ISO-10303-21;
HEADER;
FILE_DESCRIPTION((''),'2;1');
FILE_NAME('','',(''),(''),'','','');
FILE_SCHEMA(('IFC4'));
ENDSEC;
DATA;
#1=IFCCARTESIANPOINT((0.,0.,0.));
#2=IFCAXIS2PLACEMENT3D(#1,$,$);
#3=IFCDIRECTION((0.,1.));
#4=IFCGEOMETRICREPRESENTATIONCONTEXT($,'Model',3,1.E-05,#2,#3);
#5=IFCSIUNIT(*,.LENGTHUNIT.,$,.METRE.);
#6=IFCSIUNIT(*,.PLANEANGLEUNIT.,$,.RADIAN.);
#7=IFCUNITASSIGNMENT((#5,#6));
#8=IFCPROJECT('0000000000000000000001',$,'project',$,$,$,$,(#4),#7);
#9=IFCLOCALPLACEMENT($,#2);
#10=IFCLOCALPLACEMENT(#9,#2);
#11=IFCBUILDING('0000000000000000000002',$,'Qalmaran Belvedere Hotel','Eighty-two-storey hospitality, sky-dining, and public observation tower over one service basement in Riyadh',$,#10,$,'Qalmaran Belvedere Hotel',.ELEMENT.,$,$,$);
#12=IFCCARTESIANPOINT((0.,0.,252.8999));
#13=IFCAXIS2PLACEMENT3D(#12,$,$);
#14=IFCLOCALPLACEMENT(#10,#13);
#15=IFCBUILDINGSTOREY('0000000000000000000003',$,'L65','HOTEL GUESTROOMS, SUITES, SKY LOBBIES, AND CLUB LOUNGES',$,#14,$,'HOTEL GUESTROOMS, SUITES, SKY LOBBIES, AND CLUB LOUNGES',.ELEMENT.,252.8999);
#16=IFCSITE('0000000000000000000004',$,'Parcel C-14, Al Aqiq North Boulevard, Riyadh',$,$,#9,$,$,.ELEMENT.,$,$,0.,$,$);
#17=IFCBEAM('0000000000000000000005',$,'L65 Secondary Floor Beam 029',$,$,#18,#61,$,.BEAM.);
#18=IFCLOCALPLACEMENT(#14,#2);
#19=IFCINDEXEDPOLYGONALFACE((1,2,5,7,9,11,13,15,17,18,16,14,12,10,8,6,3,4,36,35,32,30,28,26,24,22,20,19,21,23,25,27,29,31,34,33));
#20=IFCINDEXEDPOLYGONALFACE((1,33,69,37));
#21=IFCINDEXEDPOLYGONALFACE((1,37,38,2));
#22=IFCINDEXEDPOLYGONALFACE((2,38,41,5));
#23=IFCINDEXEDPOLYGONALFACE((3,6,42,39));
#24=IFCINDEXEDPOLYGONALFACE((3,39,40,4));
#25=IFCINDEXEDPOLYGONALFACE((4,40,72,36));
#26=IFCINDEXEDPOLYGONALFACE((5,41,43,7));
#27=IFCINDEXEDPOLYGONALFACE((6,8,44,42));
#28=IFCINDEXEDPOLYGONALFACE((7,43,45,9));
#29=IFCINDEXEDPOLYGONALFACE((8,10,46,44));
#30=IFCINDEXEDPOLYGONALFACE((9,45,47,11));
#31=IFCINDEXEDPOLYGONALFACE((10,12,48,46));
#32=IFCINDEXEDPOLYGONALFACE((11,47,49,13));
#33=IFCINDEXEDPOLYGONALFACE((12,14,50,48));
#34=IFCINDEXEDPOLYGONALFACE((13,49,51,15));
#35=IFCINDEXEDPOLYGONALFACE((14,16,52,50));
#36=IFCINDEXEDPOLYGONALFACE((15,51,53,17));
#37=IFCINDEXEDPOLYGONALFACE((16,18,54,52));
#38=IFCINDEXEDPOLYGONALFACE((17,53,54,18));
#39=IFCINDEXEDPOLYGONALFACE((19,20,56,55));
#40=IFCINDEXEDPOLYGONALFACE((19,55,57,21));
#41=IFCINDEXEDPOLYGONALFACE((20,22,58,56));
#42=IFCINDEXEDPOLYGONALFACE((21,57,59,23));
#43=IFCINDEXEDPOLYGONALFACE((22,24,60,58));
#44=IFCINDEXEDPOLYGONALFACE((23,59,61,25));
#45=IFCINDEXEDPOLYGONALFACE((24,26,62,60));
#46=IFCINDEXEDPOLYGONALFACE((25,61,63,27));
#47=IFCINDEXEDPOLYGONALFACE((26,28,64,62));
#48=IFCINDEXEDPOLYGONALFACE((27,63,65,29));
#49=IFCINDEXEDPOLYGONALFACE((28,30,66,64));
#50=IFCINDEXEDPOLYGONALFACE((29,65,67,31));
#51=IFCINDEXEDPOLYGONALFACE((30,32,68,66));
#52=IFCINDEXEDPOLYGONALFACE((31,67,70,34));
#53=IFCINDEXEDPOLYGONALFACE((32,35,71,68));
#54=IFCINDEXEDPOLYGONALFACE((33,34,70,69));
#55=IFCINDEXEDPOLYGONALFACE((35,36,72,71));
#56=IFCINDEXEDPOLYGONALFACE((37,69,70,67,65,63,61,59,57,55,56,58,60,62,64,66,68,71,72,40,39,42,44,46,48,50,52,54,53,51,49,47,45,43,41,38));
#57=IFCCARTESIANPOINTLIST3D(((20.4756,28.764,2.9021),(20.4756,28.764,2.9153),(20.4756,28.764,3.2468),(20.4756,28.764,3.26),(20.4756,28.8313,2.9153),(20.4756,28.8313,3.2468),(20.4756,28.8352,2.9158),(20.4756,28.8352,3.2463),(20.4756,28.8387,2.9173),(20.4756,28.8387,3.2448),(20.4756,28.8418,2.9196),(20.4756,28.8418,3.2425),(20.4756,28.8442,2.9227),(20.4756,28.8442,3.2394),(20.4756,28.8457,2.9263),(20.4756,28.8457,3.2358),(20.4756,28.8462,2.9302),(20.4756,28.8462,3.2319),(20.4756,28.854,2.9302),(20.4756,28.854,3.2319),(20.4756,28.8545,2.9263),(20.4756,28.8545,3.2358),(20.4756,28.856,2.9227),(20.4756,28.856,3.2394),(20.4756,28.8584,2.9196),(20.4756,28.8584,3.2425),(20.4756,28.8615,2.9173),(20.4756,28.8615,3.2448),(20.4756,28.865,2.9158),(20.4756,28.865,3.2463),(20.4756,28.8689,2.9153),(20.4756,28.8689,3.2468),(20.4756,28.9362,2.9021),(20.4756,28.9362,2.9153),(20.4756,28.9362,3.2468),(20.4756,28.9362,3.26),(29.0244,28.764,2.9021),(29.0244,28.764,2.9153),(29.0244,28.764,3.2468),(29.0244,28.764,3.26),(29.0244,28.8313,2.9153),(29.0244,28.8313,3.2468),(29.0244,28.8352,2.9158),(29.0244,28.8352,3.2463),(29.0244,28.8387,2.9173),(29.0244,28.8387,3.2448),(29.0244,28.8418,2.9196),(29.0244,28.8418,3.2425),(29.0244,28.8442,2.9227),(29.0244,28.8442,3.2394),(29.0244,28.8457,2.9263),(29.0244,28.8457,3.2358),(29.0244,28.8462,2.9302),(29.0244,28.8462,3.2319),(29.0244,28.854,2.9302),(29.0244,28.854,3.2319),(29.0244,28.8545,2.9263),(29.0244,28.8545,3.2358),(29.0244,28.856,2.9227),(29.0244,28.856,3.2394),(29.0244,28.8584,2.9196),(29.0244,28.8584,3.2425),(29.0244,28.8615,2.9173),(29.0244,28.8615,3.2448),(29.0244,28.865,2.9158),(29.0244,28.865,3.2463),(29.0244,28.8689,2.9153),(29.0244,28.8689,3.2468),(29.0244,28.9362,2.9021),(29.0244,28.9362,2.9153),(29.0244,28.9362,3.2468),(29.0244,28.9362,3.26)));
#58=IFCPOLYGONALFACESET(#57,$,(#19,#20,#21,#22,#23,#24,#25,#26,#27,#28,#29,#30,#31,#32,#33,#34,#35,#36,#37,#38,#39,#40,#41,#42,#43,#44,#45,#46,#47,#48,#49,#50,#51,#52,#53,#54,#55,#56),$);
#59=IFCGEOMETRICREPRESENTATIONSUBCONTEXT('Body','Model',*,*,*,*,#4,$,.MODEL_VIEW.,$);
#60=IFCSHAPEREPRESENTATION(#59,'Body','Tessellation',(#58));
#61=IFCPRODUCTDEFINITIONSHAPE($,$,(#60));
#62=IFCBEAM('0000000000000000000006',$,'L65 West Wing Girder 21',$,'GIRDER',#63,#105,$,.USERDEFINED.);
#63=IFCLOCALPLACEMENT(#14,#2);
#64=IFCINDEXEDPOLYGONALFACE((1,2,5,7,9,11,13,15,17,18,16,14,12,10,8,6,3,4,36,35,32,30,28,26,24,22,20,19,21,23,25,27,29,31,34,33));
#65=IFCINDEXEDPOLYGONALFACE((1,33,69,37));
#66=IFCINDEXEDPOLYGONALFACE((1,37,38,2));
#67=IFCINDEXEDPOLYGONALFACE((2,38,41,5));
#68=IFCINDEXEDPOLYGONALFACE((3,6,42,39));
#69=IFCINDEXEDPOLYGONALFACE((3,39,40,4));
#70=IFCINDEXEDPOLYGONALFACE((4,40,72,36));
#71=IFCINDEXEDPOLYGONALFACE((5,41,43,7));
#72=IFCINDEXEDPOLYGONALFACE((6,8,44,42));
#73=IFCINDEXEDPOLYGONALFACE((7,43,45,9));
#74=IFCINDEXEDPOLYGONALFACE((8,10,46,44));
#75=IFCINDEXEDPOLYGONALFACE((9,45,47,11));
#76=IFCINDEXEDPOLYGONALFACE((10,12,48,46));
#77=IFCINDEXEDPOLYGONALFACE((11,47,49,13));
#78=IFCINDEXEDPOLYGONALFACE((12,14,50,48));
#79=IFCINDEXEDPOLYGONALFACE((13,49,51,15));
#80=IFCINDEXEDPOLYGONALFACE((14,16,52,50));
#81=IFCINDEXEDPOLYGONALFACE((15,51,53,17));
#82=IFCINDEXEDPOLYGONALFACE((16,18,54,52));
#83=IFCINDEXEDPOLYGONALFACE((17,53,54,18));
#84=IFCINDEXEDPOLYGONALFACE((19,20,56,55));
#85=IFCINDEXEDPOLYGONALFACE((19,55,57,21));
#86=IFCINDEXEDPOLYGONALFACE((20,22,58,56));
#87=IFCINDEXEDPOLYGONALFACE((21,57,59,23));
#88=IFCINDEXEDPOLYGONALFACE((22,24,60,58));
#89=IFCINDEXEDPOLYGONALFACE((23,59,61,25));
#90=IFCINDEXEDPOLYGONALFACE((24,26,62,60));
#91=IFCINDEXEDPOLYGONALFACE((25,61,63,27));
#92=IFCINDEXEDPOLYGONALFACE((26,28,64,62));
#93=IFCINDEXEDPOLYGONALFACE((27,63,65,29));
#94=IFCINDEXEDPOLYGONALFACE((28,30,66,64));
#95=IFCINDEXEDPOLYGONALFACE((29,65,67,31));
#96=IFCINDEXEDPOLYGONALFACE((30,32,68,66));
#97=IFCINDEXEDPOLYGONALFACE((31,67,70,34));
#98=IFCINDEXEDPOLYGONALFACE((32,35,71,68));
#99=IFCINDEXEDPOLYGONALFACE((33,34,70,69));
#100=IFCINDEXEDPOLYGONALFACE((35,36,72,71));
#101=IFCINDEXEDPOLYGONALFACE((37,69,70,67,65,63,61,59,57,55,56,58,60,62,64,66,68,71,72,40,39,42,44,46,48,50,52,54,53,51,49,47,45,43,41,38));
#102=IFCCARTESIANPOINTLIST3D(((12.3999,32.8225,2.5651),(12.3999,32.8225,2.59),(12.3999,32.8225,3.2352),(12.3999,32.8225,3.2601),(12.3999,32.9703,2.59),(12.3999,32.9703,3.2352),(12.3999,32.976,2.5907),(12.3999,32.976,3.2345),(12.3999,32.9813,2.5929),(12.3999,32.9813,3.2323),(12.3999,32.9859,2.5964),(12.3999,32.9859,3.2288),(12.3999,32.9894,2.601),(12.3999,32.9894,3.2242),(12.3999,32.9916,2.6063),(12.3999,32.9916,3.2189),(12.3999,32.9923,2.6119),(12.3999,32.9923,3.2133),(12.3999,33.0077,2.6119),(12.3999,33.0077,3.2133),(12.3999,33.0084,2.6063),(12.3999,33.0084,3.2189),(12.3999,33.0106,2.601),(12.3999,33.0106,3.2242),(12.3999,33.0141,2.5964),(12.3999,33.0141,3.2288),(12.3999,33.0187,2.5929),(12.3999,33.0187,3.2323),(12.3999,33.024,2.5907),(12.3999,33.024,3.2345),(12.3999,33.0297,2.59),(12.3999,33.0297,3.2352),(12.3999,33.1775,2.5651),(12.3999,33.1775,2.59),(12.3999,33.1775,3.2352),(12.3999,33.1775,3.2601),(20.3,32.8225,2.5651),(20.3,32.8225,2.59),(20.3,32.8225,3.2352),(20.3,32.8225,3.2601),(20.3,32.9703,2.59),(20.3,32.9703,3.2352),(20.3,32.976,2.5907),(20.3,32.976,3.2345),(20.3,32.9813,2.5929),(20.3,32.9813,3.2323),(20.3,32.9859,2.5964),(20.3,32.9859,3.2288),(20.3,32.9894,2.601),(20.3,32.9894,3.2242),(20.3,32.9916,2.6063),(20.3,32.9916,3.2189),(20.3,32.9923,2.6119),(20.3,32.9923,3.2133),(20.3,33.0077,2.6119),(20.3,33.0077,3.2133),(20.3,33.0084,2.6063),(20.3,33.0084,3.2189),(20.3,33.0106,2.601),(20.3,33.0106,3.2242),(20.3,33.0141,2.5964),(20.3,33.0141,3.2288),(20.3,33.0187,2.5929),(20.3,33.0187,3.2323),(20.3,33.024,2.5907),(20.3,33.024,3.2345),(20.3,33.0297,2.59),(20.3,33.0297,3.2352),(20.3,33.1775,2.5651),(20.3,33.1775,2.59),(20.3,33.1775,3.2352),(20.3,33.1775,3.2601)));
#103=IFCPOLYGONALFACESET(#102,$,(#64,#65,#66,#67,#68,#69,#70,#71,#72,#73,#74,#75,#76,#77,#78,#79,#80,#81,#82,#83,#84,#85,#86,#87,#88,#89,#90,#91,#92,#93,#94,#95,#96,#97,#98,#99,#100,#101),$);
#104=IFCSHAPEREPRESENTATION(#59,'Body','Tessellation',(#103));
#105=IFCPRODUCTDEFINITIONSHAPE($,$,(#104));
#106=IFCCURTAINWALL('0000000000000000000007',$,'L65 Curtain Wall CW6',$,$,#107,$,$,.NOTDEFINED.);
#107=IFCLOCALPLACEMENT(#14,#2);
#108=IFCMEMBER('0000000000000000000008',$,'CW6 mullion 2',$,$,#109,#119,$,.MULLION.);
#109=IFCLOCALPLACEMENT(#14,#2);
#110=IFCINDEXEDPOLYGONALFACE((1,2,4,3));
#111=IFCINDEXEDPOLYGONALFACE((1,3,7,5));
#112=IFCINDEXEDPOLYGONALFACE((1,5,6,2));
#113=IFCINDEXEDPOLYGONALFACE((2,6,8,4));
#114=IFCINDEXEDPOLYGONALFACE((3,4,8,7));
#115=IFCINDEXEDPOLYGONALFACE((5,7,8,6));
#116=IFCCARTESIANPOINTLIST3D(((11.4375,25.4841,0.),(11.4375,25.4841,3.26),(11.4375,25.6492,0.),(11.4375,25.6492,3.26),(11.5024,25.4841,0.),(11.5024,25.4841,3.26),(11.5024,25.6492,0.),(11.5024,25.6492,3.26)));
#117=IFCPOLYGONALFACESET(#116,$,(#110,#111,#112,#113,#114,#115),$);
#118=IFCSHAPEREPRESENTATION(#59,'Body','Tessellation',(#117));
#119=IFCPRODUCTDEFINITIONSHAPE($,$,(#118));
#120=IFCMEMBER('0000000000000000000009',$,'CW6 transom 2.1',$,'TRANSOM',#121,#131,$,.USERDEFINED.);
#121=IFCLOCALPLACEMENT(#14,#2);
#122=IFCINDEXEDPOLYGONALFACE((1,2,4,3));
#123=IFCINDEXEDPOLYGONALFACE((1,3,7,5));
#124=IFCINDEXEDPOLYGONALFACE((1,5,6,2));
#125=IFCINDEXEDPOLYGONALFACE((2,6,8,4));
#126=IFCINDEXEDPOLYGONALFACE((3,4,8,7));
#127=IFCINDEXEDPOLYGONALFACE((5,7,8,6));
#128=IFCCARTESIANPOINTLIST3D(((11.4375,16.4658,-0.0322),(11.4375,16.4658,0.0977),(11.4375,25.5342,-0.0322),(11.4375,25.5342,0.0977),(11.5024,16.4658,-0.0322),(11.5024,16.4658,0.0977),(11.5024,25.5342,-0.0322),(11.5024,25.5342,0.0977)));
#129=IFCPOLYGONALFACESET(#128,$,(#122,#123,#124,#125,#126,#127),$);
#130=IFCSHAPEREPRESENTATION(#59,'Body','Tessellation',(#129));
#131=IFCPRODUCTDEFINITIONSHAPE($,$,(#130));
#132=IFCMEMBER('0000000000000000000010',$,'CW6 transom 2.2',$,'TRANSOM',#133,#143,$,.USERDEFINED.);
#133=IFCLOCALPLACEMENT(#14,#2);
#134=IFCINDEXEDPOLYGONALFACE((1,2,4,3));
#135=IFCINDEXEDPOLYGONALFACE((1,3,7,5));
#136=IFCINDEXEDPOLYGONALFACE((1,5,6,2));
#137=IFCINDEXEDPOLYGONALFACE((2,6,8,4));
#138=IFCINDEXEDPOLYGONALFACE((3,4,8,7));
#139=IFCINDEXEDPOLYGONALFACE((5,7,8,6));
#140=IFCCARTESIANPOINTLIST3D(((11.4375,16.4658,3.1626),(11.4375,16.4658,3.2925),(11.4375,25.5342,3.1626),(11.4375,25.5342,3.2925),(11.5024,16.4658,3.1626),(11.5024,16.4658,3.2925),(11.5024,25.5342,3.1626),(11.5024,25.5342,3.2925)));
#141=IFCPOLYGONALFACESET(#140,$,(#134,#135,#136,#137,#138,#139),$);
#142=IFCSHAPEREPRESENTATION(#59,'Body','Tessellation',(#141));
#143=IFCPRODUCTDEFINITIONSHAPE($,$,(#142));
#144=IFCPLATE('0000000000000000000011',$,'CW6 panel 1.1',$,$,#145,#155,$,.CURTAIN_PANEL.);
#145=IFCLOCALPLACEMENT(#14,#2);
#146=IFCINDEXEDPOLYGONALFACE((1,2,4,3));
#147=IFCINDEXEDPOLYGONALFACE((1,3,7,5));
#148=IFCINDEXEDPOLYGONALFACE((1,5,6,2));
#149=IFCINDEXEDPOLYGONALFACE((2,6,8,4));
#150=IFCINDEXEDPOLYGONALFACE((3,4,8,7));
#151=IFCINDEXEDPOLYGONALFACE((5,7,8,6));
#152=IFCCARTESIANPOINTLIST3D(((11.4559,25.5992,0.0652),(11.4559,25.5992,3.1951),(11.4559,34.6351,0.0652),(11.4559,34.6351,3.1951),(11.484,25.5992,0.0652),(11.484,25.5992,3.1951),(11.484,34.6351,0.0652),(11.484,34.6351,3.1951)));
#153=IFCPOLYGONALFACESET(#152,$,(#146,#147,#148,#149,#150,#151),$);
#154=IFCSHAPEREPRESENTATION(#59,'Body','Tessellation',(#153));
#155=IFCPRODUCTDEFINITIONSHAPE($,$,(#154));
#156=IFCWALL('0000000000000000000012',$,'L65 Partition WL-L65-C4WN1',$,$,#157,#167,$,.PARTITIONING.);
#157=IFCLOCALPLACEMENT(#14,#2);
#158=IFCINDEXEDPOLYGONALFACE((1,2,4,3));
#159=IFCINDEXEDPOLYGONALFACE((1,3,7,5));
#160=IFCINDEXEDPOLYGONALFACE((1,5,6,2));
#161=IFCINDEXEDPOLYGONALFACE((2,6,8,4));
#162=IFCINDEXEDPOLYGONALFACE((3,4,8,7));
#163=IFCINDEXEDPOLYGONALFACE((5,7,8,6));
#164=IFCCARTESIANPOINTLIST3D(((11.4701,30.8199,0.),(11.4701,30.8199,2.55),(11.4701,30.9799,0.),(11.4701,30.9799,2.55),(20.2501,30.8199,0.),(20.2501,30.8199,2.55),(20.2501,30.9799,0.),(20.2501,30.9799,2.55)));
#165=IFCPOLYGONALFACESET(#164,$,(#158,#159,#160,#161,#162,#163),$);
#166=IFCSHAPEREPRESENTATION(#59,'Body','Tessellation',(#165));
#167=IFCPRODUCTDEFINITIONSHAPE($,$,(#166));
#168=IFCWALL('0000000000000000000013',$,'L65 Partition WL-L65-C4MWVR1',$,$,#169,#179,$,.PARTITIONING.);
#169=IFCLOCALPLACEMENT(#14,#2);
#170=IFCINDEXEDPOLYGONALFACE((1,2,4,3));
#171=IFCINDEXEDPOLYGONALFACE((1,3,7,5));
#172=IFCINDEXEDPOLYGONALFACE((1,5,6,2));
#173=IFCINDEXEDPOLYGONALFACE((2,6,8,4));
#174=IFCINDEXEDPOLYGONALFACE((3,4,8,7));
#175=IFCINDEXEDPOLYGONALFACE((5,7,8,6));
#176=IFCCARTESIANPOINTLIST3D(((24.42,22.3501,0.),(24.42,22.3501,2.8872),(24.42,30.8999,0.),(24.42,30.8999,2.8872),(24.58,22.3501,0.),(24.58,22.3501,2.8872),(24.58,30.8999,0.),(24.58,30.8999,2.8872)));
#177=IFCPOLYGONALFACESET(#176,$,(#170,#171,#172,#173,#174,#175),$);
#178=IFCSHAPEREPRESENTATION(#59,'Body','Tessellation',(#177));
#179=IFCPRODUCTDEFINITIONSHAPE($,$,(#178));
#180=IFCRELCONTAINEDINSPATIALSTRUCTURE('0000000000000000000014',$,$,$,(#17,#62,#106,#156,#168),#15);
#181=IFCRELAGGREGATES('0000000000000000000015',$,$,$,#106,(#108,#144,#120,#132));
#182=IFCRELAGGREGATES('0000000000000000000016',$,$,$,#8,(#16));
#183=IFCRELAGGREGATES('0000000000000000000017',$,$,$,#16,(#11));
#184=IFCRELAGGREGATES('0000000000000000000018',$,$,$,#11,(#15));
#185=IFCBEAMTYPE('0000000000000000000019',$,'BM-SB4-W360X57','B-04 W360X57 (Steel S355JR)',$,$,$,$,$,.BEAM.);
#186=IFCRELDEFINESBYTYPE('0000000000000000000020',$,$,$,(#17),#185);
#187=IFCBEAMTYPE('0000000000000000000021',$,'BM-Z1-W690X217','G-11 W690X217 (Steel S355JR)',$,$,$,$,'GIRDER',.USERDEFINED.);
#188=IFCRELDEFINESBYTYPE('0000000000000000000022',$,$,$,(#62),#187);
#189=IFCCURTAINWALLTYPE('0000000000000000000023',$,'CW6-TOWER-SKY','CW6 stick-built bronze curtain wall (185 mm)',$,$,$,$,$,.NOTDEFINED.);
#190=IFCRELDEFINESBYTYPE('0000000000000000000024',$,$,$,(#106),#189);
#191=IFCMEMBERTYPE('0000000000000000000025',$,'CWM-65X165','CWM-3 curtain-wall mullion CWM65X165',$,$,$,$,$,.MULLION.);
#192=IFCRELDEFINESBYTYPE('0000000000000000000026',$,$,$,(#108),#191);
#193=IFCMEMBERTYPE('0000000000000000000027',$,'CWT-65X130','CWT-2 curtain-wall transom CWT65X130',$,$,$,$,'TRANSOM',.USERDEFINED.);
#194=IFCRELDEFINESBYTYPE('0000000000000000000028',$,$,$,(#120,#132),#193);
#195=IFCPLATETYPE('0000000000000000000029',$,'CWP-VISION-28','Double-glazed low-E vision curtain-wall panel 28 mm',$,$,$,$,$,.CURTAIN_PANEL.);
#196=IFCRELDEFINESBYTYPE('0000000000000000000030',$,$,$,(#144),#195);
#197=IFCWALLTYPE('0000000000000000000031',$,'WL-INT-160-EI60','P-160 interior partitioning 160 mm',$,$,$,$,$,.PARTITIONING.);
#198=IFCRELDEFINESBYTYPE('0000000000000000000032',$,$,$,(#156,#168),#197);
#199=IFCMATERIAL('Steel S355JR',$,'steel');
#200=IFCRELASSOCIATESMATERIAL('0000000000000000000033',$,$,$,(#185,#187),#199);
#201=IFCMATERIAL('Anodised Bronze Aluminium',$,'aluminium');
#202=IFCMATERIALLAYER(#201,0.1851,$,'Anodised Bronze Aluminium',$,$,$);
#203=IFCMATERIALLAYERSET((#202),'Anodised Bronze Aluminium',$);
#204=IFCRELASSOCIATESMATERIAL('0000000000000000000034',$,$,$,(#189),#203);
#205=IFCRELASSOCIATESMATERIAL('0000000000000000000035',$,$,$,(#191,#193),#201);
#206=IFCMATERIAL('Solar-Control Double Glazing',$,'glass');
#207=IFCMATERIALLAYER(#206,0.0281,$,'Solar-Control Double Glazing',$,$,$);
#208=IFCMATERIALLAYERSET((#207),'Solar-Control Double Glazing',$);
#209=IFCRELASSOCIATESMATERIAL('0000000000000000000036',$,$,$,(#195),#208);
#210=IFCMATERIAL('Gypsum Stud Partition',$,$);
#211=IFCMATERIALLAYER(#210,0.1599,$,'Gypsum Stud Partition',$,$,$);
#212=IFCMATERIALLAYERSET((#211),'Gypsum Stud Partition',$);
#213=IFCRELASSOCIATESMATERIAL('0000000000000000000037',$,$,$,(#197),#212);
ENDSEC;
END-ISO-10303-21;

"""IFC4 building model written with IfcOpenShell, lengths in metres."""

from ifc_helpers import new_model, si_unit, direction, frame, frame_2d, origin, origin_2d, place, context, subcontext, project, spatial, rectangle, i_section, extrude, material, layer, layer_set, material_profile, profile_set, type_object, element, aggregate, save


model = new_model("IFC4")

# Units and contexts
model_context = context("Model", 3, precision=1e-05, world=origin(), true_north=direction((0.0, 1.0)))
body_context = subcontext(model_context, "Body", "Model", "MODEL_VIEW")
ifc_project = project(units=[si_unit("LENGTHUNIT", "METRE"), si_unit("PLANEANGLEUNIT", "RADIAN")], contexts=[model_context])

# Site, building, storey
site_placement = place(None, origin())
site = spatial("IfcSite", under=ifc_project, at=site_placement, Name="Parcel C-14, Al Aqiq North Boulevard, Riyadh", CompositionType="ELEMENT", RefElevation=0.0)
building_placement = place(site_placement, origin())
building = spatial("IfcBuilding", under=site, at=building_placement, Name="Qalmaran Belvedere Hotel", Description="Eighty-two-storey hospitality, sky-dining, and public observation tower over one service basement in Riyadh", LongName="Qalmaran Belvedere Hotel", CompositionType="ELEMENT")
storey_placement = place(building_placement, frame((0.0, 0.0, 252.8999)))
storey = spatial("IfcBuildingStorey", under=building, at=storey_placement, Name="L65", Description="HOTEL GUESTROOMS, SUITES, SKY LOBBIES, AND CLUB LOUNGES", LongName="HOTEL GUESTROOMS, SUITES, SKY LOBBIES, AND CLUB LOUNGES", CompositionType="ELEMENT", Elevation=252.8999)

# Beams
ifc_material_1 = material(Name="Steel S355JR", Category="steel")
ifc_material_profile_1 = material_profile(ifc_material_1, i_section(OverallWidth=0.1721, OverallDepth=0.3579, WebThickness=0.0078, FlangeThickness=0.0132, FilletRadius=0.0149, at=origin_2d()), Name="W360X57")
ifc_profile_set_1 = profile_set([ifc_material_profile_1], Name="Steel S355JR")
beam_type_1 = type_object("IfcBeamType", Name="BM-SB4-W360X57", Description="B-04 W360X57 (Steel S355JR)", PredefinedType="BEAM", material=ifc_profile_set_1)
beam_1_placement = place(storey_placement, frame((20.4756, 28.8501, 3.0811), z_axis=(1.0, 0.0, 0.0), x_axis=(0.0, 1.0, 0.0)))
element("IfcBeam", 1, at=beam_1_placement, inside=storey, type_object=beam_type_1, Name="L65 Secondary Floor Beam 029", PredefinedType="BEAM", context=body_context, shape_type="SweptSolid", body=[
    extrude(i_section(OverallWidth=0.1721, OverallDepth=0.3579, WebThickness=0.0078, FlangeThickness=0.0132, FilletRadius=0.0149, at=origin_2d()), origin(), (0.0, 0.0, 1.0), 8.5488),
])
ifc_material_profile_2 = material_profile(ifc_material_1, i_section(OverallWidth=0.355, OverallDepth=0.6951, WebThickness=0.0154, FlangeThickness=0.0249, FilletRadius=0.022, at=origin_2d()), Name="W690X217")
ifc_profile_set_2 = profile_set([ifc_material_profile_2], Name="Steel S355JR")
beam_type_2 = type_object("IfcBeamType", Name="BM-Z1-W690X217", Description="G-11 W690X217 (Steel S355JR)", ElementType="GIRDER", PredefinedType="USERDEFINED", material=ifc_profile_set_2)
beam_2_placement = place(storey_placement, frame((12.3999, 33.0, 2.9126), z_axis=(1.0, 0.0, 0.0), x_axis=(0.0, 1.0, 0.0)))
element("IfcBeam", 2, at=beam_2_placement, inside=storey, type_object=beam_type_2, Name="L65 West Wing Girder 21", ObjectType="GIRDER", PredefinedType="USERDEFINED", context=body_context, shape_type="SweptSolid", body=[
    extrude(i_section(OverallWidth=0.355, OverallDepth=0.6951, WebThickness=0.0154, FlangeThickness=0.0249, FilletRadius=0.022, at=origin_2d()), origin(), (0.0, 0.0, 1.0), 7.9001),
])

# Curtain wall, members, plate
ifc_material_2 = material(Name="Anodised Bronze Aluminium", Category="aluminium")
ifc_layer_1 = layer(ifc_material_2, 0.1851, Name="Anodised Bronze Aluminium")
ifc_layer_set_1 = layer_set([ifc_layer_1], Name="Anodised Bronze Aluminium")
curtain_wall_type = type_object("IfcCurtainWallType", Name="CW6-TOWER-SKY", Description="CW6 stick-built bronze curtain wall (185 mm)", PredefinedType="NOTDEFINED", material=ifc_layer_set_1)
curtain_wall_placement = place(storey_placement, origin())
curtain_wall = element("IfcCurtainWall", 3, at=curtain_wall_placement, inside=storey, type_object=curtain_wall_type, Name="L65 Curtain Wall CW6", PredefinedType="NOTDEFINED")
ifc_material_profile_3 = material_profile(ifc_material_2, rectangle(XDim=0.0649, YDim=0.165, at=origin_2d()), Name="CWM65X165")
ifc_profile_set_3 = profile_set([ifc_material_profile_3], Name="Anodised Bronze Aluminium")
member_type_1 = type_object("IfcMemberType", Name="CWM-65X165", Description="CWM-3 curtain-wall mullion CWM65X165", PredefinedType="MULLION", material=ifc_profile_set_3)
member_1_placement = place(storey_placement, frame((11.47, 25.5667, 0.0), z_axis=(0.0, 0.0, 1.0), x_axis=(1.0, 0.0, 0.0)))
member_1 = element("IfcMember", 4, at=member_1_placement, type_object=member_type_1, Name="CW6 mullion 2", PredefinedType="MULLION", context=body_context, shape_type="SweptSolid", body=[
    extrude(rectangle(XDim=0.0649, YDim=0.165, at=origin_2d()), origin(), (0.0, 0.0, 1.0), 3.26),
])
ifc_material_profile_4 = material_profile(ifc_material_2, rectangle(XDim=0.0649, YDim=0.1299, at=origin_2d()), Name="CWT65X130")
ifc_profile_set_4 = profile_set([ifc_material_profile_4], Name="Anodised Bronze Aluminium")
member_type_2 = type_object("IfcMemberType", Name="CWT-65X130", Description="CWT-2 curtain-wall transom CWT65X130", ElementType="TRANSOM", PredefinedType="USERDEFINED", material=ifc_profile_set_4)
member_2_placement = place(storey_placement, frame((11.47, 25.5342, 0.0327), z_axis=(0.0, -1.0, 0.0), x_axis=(1.0, 0.0, 0.0)))
member_2 = element("IfcMember", 5, at=member_2_placement, type_object=member_type_2, Name="CW6 transom 2.1", ObjectType="TRANSOM", PredefinedType="USERDEFINED", context=body_context, shape_type="SweptSolid", body=[
    extrude(rectangle(XDim=0.0649, YDim=0.1299, at=origin_2d()), origin(), (0.0, 0.0, 1.0), 9.0684),
])
member_3_placement = place(storey_placement, frame((11.47, 25.5342, 3.2275), z_axis=(0.0, -1.0, 0.0), x_axis=(1.0, 0.0, 0.0)))
member_3 = element("IfcMember", 6, at=member_3_placement, type_object=member_type_2, Name="CW6 transom 2.2", ObjectType="TRANSOM", PredefinedType="USERDEFINED", context=body_context, shape_type="SweptSolid", body=[
    extrude(rectangle(XDim=0.0649, YDim=0.1299, at=origin_2d()), origin(), (0.0, 0.0, 1.0), 9.0684),
])
ifc_material_3 = material(Name="Solar-Control Double Glazing", Category="glass")
ifc_layer_2 = layer(ifc_material_3, 0.0281, Name="Solar-Control Double Glazing")
ifc_layer_set_2 = layer_set([ifc_layer_2], Name="Solar-Control Double Glazing")
plate_type = type_object("IfcPlateType", Name="CWP-VISION-28", Description="Double-glazed low-E vision curtain-wall panel 28 mm", PredefinedType="CURTAIN_PANEL", material=ifc_layer_set_2)
plate_placement = place(storey_placement, frame((11.47, 30.1172, 0.0652), z_axis=(0.0, 0.0, 1.0), x_axis=(0.0, -1.0, 0.0)))
plate = element("IfcPlate", 7, at=plate_placement, type_object=plate_type, Name="CW6 panel 1.1", PredefinedType="CURTAIN_PANEL", context=body_context, shape_type="SweptSolid", body=[
    extrude(rectangle(XDim=9.0359, YDim=0.0281, at=origin_2d()), origin(), (0.0, 0.0, 1.0), 3.1299),
])
aggregate(curtain_wall, [member_1, plate, member_2, member_3])

# Walls
ifc_material_4 = material(Name="Gypsum Stud Partition")
ifc_layer_3 = layer(ifc_material_4, 0.1599, Name="Gypsum Stud Partition")
ifc_layer_set_3 = layer_set([ifc_layer_3], Name="Gypsum Stud Partition")
wall_type_1 = type_object("IfcWallType", Name="WL-INT-160-EI60", Description="P-160 interior partitioning 160 mm", PredefinedType="PARTITIONING", material=ifc_layer_set_3)
wall_1_placement = place(storey_placement, frame((11.47, 30.8999, 0.0), z_axis=(0.0, 0.0, 1.0), x_axis=(1.0, 0.0, 0.0)))
element("IfcWall", 8, at=wall_1_placement, inside=storey, type_object=wall_type_1, Name="L65 Partition WL-L65-C4WN1", PredefinedType="PARTITIONING", context=body_context, shape_type="SweptSolid", body=[
    extrude(rectangle(XDim=8.78, YDim=0.1599, at=frame_2d((4.3901, 0.0))), origin(), (0.0, 0.0, 1.0), 2.55),
])
wall_2_placement = place(storey_placement, frame((24.5, 22.3501, 0.0), z_axis=(0.0, 0.0, 1.0), x_axis=(0.0, 1.0, 0.0)))
element("IfcWall", 9, at=wall_2_placement, inside=storey, type_object=wall_type_1, Name="L65 Partition WL-L65-C4MWVR1", PredefinedType="PARTITIONING", context=body_context, shape_type="SweptSolid", body=[
    extrude(rectangle(XDim=8.5498, YDim=0.1599, at=frame_2d((4.2749, 0.0))), origin(), (0.0, 0.0, 1.0), 2.8872),
])

save(model, "model.ifc")
